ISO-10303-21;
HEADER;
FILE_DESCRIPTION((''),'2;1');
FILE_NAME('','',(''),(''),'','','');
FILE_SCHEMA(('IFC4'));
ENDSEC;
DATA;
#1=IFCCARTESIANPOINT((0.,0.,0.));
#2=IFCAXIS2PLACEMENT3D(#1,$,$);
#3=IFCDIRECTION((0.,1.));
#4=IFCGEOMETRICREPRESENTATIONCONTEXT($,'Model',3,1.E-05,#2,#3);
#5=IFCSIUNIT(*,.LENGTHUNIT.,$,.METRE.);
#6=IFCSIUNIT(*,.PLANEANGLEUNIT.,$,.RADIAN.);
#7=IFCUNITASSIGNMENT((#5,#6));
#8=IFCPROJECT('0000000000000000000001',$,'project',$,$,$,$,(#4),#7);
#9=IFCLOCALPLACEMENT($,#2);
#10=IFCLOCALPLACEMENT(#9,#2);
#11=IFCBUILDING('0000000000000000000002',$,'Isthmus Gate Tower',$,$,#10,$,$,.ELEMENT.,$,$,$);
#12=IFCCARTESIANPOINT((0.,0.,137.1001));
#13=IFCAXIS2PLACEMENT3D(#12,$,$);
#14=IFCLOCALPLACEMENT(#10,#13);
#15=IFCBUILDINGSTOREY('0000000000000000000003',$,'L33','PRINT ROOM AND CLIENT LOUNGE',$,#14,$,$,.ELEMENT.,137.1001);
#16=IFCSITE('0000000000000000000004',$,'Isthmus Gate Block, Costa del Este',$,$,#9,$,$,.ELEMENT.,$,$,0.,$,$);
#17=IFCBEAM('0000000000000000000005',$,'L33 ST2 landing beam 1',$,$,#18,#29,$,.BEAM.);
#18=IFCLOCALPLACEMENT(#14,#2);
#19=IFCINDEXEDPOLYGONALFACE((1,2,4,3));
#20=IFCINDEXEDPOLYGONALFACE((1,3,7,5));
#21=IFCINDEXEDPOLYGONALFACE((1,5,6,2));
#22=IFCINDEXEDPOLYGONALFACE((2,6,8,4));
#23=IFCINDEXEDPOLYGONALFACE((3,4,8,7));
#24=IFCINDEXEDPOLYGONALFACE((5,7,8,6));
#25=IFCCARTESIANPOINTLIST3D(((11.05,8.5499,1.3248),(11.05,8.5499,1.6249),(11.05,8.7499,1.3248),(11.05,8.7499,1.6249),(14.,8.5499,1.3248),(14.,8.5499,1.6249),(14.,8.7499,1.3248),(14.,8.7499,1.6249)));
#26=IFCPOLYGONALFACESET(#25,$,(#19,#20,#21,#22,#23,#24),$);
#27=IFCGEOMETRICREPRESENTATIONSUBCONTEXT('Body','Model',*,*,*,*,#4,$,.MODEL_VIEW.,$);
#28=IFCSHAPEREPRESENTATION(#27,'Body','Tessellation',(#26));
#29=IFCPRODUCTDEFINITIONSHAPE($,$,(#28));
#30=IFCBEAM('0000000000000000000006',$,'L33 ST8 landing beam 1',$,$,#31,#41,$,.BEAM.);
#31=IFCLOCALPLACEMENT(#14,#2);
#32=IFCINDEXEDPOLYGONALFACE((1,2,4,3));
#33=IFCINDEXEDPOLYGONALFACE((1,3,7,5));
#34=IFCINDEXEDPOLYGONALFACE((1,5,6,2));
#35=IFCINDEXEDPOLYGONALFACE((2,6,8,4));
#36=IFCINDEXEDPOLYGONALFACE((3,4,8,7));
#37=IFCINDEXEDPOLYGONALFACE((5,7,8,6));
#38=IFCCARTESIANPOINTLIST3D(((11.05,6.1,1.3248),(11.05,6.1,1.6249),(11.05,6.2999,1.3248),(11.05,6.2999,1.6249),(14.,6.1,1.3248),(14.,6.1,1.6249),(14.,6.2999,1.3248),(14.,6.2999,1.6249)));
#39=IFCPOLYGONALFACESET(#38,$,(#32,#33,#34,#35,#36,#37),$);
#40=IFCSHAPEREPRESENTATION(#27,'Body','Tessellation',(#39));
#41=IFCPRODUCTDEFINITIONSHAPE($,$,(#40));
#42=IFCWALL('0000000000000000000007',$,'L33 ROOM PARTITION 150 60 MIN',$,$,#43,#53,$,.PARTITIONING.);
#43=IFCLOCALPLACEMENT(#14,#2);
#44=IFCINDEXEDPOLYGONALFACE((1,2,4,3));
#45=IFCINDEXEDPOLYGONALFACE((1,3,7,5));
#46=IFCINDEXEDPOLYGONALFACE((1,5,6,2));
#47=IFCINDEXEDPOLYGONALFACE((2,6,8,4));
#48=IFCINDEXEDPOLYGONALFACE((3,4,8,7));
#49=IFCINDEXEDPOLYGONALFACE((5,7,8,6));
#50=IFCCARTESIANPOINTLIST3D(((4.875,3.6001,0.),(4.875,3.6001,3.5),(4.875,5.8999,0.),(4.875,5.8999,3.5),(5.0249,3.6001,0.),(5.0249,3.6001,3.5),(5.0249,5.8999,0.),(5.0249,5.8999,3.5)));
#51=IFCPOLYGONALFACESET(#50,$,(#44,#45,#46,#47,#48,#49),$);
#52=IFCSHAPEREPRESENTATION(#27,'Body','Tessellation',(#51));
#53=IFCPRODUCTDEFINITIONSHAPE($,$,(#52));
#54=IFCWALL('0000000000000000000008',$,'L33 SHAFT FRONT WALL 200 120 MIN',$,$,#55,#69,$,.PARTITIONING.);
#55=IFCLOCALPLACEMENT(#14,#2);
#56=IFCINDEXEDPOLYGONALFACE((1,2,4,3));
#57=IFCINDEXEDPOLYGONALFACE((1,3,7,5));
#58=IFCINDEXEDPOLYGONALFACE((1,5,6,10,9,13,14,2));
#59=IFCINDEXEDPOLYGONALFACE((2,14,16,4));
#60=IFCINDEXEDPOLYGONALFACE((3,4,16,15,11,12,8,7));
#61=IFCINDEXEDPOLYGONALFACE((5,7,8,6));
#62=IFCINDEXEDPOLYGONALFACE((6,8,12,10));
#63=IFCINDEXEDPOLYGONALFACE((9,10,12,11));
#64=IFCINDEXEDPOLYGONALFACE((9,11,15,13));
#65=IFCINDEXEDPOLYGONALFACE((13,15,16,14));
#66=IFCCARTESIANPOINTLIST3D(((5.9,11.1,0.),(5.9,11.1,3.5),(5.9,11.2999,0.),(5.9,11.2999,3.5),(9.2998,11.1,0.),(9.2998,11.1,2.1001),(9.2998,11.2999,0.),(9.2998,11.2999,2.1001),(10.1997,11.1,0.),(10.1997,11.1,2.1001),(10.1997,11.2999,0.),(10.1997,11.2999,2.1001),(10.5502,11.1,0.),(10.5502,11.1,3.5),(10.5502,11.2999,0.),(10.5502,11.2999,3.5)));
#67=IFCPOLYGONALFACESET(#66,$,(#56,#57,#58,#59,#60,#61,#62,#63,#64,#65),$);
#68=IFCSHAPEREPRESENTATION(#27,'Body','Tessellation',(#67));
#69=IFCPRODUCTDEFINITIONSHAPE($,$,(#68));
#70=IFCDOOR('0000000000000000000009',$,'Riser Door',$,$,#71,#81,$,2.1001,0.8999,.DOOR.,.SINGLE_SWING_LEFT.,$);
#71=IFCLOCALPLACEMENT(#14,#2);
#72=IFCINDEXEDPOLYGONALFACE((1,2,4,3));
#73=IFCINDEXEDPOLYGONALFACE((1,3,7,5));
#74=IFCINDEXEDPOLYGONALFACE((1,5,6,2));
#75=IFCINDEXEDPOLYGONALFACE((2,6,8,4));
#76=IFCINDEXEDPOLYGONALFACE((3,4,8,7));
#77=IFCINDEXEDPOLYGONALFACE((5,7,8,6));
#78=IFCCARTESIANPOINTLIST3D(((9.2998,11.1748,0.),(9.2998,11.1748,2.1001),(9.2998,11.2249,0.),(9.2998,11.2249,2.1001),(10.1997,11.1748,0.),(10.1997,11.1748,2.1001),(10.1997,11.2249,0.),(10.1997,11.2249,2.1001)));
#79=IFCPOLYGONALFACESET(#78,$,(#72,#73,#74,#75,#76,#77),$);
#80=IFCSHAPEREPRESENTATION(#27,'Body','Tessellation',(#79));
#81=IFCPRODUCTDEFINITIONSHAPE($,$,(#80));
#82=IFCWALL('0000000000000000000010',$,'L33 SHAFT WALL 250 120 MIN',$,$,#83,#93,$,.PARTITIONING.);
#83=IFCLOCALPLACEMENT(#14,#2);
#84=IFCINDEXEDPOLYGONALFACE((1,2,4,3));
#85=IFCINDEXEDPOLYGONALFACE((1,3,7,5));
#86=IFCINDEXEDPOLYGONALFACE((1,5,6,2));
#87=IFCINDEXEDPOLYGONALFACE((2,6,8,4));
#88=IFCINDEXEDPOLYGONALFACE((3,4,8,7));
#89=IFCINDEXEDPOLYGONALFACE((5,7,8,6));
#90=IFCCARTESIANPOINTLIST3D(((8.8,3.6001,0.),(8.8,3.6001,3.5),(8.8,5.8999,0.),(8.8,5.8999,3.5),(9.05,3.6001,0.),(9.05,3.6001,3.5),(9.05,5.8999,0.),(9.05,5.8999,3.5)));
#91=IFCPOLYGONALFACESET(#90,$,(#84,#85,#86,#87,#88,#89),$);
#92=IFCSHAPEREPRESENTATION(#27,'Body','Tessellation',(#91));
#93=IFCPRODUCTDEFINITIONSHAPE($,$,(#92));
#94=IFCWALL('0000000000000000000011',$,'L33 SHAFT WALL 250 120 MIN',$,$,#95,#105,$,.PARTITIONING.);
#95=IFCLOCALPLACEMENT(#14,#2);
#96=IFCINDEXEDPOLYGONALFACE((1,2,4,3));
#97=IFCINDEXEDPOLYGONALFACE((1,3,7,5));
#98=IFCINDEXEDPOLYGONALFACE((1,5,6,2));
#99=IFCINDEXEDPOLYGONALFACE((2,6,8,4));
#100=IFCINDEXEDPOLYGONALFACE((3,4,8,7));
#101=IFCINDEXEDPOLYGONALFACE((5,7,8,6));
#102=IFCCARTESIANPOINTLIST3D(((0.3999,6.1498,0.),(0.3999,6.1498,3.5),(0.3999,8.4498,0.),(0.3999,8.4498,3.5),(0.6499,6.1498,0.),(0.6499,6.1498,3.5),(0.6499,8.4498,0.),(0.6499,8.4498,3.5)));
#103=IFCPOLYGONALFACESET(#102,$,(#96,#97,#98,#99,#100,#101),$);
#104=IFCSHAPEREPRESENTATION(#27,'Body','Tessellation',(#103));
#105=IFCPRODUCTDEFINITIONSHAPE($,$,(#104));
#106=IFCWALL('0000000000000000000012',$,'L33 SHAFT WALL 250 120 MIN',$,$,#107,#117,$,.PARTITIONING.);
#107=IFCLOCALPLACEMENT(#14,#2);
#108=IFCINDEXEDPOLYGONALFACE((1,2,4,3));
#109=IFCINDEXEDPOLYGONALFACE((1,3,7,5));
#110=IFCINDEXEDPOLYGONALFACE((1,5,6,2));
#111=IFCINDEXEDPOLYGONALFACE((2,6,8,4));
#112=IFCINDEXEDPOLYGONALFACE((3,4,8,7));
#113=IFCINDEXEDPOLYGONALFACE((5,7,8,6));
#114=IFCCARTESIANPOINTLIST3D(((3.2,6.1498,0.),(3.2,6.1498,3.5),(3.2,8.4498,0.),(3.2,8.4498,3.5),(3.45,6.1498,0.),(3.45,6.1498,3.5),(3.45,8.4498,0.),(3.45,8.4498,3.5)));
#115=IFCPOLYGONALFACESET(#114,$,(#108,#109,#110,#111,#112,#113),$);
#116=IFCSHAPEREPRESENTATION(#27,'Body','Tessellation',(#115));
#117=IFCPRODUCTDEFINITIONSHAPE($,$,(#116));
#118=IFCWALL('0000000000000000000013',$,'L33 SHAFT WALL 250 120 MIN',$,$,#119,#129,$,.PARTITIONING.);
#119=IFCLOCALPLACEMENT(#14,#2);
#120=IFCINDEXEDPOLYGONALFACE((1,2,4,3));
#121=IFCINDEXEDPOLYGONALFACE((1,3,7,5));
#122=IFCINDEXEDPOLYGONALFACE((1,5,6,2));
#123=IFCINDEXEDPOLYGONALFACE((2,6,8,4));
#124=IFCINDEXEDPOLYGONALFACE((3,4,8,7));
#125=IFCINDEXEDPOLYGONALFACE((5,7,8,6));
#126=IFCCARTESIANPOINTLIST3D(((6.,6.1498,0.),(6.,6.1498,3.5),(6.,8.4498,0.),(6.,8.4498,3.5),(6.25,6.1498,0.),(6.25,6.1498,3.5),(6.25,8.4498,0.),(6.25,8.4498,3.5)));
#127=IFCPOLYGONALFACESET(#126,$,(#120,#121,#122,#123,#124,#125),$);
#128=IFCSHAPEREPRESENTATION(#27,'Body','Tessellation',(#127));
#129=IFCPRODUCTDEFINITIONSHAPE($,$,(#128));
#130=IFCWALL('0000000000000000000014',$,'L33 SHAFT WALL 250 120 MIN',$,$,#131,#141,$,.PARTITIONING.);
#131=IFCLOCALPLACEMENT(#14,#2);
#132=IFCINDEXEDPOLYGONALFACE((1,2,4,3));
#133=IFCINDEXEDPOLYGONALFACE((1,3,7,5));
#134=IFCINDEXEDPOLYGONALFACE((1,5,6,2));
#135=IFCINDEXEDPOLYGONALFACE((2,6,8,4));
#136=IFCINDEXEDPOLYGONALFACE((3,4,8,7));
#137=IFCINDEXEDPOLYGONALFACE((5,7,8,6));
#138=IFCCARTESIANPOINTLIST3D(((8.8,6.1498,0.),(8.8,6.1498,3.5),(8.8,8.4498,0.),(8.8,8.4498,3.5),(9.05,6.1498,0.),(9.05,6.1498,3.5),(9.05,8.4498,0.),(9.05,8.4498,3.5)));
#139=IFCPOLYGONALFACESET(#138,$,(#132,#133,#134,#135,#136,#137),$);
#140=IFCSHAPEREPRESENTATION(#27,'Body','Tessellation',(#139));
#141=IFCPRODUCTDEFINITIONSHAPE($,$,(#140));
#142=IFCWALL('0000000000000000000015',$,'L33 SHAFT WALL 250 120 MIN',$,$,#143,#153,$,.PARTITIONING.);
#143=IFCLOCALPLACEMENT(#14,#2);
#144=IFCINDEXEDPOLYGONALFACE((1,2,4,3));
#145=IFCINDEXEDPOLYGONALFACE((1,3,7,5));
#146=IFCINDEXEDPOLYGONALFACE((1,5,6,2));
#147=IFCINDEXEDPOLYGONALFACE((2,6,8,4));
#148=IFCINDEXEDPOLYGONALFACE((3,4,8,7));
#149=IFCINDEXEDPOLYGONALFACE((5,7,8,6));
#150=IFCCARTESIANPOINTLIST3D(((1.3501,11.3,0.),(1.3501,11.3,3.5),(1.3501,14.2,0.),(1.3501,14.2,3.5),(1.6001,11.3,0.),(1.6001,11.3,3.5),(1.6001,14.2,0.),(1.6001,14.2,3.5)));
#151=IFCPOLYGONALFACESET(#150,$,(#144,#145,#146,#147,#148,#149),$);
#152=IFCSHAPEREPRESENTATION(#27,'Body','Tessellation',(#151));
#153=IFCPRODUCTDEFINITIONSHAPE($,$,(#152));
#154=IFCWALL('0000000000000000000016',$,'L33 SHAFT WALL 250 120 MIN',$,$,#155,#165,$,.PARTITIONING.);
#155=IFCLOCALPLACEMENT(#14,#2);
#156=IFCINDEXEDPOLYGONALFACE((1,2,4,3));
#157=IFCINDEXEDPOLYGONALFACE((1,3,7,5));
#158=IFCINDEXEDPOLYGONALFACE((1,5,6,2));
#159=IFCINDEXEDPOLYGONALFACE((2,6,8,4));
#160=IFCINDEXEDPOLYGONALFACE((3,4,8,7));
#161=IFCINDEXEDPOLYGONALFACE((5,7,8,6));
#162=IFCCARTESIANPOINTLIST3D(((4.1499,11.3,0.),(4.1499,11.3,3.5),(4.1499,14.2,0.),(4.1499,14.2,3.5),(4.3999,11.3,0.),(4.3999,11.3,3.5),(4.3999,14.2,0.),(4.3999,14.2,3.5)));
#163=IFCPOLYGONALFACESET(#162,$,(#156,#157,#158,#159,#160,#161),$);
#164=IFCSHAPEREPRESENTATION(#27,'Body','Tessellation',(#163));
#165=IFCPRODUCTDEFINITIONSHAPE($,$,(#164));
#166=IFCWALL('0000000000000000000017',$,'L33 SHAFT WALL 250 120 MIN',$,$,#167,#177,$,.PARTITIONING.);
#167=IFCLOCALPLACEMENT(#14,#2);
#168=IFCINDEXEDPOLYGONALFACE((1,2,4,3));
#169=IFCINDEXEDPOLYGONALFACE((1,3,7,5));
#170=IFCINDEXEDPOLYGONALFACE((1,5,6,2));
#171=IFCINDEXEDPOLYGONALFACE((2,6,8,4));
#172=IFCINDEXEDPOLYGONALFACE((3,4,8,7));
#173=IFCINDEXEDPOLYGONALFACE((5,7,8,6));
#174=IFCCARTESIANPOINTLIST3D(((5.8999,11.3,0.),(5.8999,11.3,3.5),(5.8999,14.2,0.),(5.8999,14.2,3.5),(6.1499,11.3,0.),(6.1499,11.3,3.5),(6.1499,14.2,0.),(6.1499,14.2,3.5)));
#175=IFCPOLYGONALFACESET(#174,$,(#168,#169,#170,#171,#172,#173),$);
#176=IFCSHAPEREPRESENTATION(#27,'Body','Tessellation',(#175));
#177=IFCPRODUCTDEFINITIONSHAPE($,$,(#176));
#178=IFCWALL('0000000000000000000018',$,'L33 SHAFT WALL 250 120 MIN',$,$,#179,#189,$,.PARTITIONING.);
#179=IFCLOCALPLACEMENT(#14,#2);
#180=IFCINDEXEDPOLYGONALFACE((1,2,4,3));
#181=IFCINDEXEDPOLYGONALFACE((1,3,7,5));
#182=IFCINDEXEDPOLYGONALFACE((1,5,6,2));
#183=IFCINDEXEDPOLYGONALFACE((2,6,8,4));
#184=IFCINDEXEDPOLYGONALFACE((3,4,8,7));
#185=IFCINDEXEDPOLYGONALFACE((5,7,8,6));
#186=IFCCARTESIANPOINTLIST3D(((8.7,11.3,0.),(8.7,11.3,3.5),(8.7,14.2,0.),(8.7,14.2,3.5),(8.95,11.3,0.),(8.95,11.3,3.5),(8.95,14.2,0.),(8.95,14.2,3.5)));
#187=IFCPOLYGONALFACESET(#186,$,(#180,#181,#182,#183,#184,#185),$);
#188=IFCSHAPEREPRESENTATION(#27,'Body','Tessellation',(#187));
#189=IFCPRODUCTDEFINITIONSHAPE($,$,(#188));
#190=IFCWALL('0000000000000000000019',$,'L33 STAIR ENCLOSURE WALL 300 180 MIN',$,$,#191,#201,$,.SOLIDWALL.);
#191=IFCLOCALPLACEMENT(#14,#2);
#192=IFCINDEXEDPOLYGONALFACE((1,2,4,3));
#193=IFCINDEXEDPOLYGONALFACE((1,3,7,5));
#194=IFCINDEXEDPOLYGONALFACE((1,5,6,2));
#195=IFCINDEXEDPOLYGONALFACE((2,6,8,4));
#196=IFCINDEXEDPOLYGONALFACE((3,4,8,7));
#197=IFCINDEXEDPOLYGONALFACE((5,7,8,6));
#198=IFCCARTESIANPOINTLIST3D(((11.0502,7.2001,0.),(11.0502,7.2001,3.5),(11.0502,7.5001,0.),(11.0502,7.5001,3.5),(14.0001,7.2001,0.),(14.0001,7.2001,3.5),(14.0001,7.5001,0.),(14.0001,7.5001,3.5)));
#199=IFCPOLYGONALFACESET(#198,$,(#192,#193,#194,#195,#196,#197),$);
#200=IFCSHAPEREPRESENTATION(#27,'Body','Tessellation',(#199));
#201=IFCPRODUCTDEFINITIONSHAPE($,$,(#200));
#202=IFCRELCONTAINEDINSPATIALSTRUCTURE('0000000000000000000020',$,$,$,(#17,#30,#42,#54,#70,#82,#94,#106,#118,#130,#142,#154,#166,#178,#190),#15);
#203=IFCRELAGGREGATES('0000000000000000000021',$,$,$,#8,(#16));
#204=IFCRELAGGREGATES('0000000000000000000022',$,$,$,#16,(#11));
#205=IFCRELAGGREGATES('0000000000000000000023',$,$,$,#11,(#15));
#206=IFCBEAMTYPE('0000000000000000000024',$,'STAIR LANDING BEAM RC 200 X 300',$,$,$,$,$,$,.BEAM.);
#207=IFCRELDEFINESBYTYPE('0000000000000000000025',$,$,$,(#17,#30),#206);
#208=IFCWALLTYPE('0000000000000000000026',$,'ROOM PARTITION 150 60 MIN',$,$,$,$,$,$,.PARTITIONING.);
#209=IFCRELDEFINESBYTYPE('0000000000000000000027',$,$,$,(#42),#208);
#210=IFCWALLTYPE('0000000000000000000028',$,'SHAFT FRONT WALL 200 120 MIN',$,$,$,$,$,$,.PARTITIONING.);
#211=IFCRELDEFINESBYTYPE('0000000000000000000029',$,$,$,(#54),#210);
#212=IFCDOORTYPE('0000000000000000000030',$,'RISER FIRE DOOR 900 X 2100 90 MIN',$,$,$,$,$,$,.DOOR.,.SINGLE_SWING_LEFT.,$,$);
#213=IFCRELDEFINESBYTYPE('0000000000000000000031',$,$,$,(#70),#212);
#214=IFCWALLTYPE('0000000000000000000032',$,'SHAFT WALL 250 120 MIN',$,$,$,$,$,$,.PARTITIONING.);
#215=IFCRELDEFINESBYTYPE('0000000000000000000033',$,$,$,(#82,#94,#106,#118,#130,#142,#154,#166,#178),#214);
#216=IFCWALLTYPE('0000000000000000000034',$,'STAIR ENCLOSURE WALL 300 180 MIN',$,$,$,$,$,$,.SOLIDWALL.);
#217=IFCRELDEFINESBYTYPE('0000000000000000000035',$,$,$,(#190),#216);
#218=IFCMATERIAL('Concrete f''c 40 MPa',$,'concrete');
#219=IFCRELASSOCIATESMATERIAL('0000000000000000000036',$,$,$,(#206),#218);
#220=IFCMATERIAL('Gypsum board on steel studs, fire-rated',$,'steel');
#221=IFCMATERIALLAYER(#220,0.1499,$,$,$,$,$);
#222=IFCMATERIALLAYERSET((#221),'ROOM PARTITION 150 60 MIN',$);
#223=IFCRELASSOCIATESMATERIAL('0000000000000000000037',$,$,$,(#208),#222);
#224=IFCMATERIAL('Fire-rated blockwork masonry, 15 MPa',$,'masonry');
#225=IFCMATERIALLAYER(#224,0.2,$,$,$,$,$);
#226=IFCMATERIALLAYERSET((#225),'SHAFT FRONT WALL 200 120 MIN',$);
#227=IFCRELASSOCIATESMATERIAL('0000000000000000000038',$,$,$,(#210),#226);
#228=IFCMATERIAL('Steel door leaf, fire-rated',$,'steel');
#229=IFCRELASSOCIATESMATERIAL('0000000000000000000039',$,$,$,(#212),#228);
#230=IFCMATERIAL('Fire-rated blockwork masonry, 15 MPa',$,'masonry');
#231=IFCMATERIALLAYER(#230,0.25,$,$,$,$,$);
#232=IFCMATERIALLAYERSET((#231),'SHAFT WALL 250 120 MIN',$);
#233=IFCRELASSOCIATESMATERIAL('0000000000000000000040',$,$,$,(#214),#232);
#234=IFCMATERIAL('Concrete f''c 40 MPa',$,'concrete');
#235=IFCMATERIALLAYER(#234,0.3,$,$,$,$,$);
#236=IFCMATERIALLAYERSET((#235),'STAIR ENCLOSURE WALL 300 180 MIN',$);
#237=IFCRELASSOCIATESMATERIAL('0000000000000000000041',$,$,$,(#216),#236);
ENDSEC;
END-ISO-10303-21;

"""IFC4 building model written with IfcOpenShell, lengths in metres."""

from ifc_helpers import new_model, si_unit, direction, frame, frame_2d, origin, origin_2d, place, context, subcontext, project, spatial, rectangle, extrude, material, layer, layer_set, material_profile, profile_set, type_object, element, fill, save


model = new_model("IFC4")

# Units and contexts
model_context = context("Model", 3, precision=1e-05, world=origin(), true_north=direction((0.0, 1.0)))
body_context = subcontext(model_context, "Body", "Model", "MODEL_VIEW")
ifc_project = project(units=[si_unit("LENGTHUNIT", "METRE"), si_unit("PLANEANGLEUNIT", "RADIAN")], contexts=[model_context])

# Site, building, storey
site_placement = place(None, origin())
site = spatial("IfcSite", under=ifc_project, at=site_placement, Name="Isthmus Gate Block, Costa del Este", CompositionType="ELEMENT", RefElevation=0.0)
building_placement = place(site_placement, origin())
building = spatial("IfcBuilding", under=site, at=building_placement, Name="Isthmus Gate Tower", CompositionType="ELEMENT")
storey_placement = place(building_placement, frame((0.0, 0.0, 137.1001)))
storey = spatial("IfcBuildingStorey", under=building, at=storey_placement, Name="L33", Description="PRINT ROOM AND CLIENT LOUNGE", CompositionType="ELEMENT", Elevation=137.1001)

# Beams
ifc_material_1 = material(Name="Concrete f'c 40 MPa", Category="concrete")
ifc_material_profile = material_profile(ifc_material_1, rectangle(XDim=0.2, YDim=0.3, at=origin_2d()), Name="STAIR LANDING BEAM RC 200 X 300")
ifc_profile_set = profile_set([ifc_material_profile], Name="Concrete f'c 40 MPa")
beam_type = type_object("IfcBeamType", Name="STAIR LANDING BEAM RC 200 X 300", PredefinedType="BEAM", material=ifc_profile_set)
for number, where, z_axis, x_axis, name in (
    (1, (11.05, 8.6499, 1.4749), (1.0, 0.0, 0.0), (0.0, 1.0, 0.0), "L33 ST2 landing beam 1"),
    (2, (11.05, 6.2, 1.4749), (1.0, 0.0, 0.0), (0.0, 1.0, 0.0), "L33 ST8 landing beam 1"),
):
    element("IfcBeam", number, at=place(storey_placement, frame(where, z_axis=z_axis, x_axis=x_axis)), inside=storey, type_object=beam_type, Name=name, PredefinedType="BEAM", context=body_context, shape_type="SweptSolid", body=[
        extrude(rectangle(XDim=0.2, YDim=0.3, at=origin_2d()), origin(), (0.0, 0.0, 1.0), 2.95),
    ])

# Wall
ifc_material_2 = material(Name="Gypsum board on steel studs, fire-rated", Category="steel")
ifc_layer_1 = layer(ifc_material_2, 0.1499)
ifc_layer_set_1 = layer_set([ifc_layer_1], Name="ROOM PARTITION 150 60 MIN")
wall_type_1 = type_object("IfcWallType", Name="ROOM PARTITION 150 60 MIN", PredefinedType="PARTITIONING", material=ifc_layer_set_1)
wall_1_placement = place(storey_placement, frame((4.95, 3.6001, 0.0), z_axis=(0.0, 0.0, 1.0), x_axis=(0.0, 1.0, 0.0)))
element("IfcWall", 3, at=wall_1_placement, inside=storey, type_object=wall_type_1, Name="L33 ROOM PARTITION 150 60 MIN", PredefinedType="PARTITIONING", context=body_context, shape_type="SweptSolid", body=[
    extrude(rectangle(XDim=2.2998, YDim=0.1499, at=frame_2d((1.1499, 0.0))), origin(), (0.0, 0.0, 1.0), 3.5),
])

# Wall, opening, door
ifc_material_3 = material(Name="Fire-rated blockwork masonry, 15 MPa", Category="masonry")
ifc_layer_2 = layer(ifc_material_3, 0.2)
ifc_layer_set_2 = layer_set([ifc_layer_2], Name="SHAFT FRONT WALL 200 120 MIN")
wall_type_2 = type_object("IfcWallType", Name="SHAFT FRONT WALL 200 120 MIN", PredefinedType="PARTITIONING", material=ifc_layer_set_2)
wall_2_placement = place(storey_placement, frame((5.8999, 11.2, 0.0), z_axis=(0.0, 0.0, 1.0), x_axis=(1.0, 0.0, 0.0)))
wall_2 = element("IfcWall", 4, at=wall_2_placement, inside=storey, type_object=wall_type_2, Name="L33 SHAFT FRONT WALL 200 120 MIN", PredefinedType="PARTITIONING", context=body_context, shape_type="SweptSolid", body=[
    extrude(rectangle(XDim=4.6501, YDim=0.2, at=frame_2d((2.3252, 0.0))), origin(), (0.0, 0.0, 1.0), 3.5),
])
opening_placement = place(wall_2_placement, frame((3.3999, 0.0, 0.0)))
opening = element("IfcOpeningElement", 5, at=opening_placement, cuts=wall_2, PredefinedType="OPENING", context=body_context, shape_type="SweptSolid", body=[
    extrude(rectangle(XDim=0.8999, YDim=2.1001, at=frame_2d((0.45, 1.05))), frame((0.0, 0.1099, 0.0), z_axis=(0.0, -1.0, 0.0), x_axis=(1.0, 0.0, 0.0)), (0.0, 0.0, 1.0), 0.22),
])
ifc_material_4 = material(Name="Steel door leaf, fire-rated", Category="steel")
door_type = type_object("IfcDoorType", Name="RISER FIRE DOOR 900 X 2100 90 MIN", OperationType="SINGLE_SWING_LEFT", PredefinedType="DOOR", material=ifc_material_4)
door_placement = place(opening_placement, origin())
door = element("IfcDoor", 6, at=door_placement, inside=storey, type_object=door_type, Name="Riser Door", OperationType="SINGLE_SWING_LEFT", OverallHeight=2.1001, OverallWidth=0.8999, PredefinedType="DOOR", context=body_context, shape_type="SweptSolid", body=[
    extrude(rectangle(XDim=0.8999, YDim=2.1001, at=frame_2d((0.45, 1.05))), frame((0.0, 0.0249, 0.0), z_axis=(0.0, -1.0, 0.0), x_axis=(1.0, 0.0, 0.0)), (0.0, 0.0, 1.0), 0.05),
])
fill(opening, door)

# Walls
ifc_material_5 = material(Name="Fire-rated blockwork masonry, 15 MPa", Category="masonry")
ifc_layer_3 = layer(ifc_material_5, 0.25)
ifc_layer_set_3 = layer_set([ifc_layer_3], Name="SHAFT WALL 250 120 MIN")
wall_type_3 = type_object("IfcWallType", Name="SHAFT WALL 250 120 MIN", PredefinedType="PARTITIONING", material=ifc_layer_set_3)
wall_3_placement = place(storey_placement, frame((8.925, 3.6001, 0.0), z_axis=(0.0, 0.0, 1.0), x_axis=(0.0, 1.0, 0.0)))
element("IfcWall", 7, at=wall_3_placement, inside=storey, type_object=wall_type_3, Name="L33 SHAFT WALL 250 120 MIN", PredefinedType="PARTITIONING", context=body_context, shape_type="SweptSolid", body=[
    extrude(rectangle(XDim=2.2998, YDim=0.25, at=frame_2d((1.1499, 0.0))), origin(), (0.0, 0.0, 1.0), 3.5),
])
for number, where, z_axis, x_axis, name in (
    (8, (0.5249, 6.1499, 0.0), (0.0, 0.0, 1.0), (0.0, 1.0, 0.0), "L33 SHAFT WALL 250 120 MIN"),
    (9, (3.325, 6.1499, 0.0), (0.0, 0.0, 1.0), (0.0, 1.0, 0.0), "L33 SHAFT WALL 250 120 MIN"),
    (10, (6.125, 6.1499, 0.0), (0.0, 0.0, 1.0), (0.0, 1.0, 0.0), "L33 SHAFT WALL 250 120 MIN"),
    (11, (8.925, 6.1499, 0.0), (0.0, 0.0, 1.0), (0.0, 1.0, 0.0), "L33 SHAFT WALL 250 120 MIN"),
):
    element("IfcWall", number, at=place(storey_placement, frame(where, z_axis=z_axis, x_axis=x_axis)), inside=storey, type_object=wall_type_3, Name=name, PredefinedType="PARTITIONING", context=body_context, shape_type="SweptSolid", body=[
        extrude(rectangle(XDim=2.3, YDim=0.25, at=frame_2d((1.1499, 0.0))), origin(), (0.0, 0.0, 1.0), 3.5),
    ])
for number, where, z_axis, x_axis, name in (
    (12, (1.4751, 11.3, 0.0), (0.0, 0.0, 1.0), (0.0, 1.0, 0.0), "L33 SHAFT WALL 250 120 MIN"),
    (13, (4.2749, 11.3, 0.0), (0.0, 0.0, 1.0), (0.0, 1.0, 0.0), "L33 SHAFT WALL 250 120 MIN"),
    (14, (6.0249, 11.3, 0.0), (0.0, 0.0, 1.0), (0.0, 1.0, 0.0), "L33 SHAFT WALL 250 120 MIN"),
    (15, (8.825, 11.3, 0.0), (0.0, 0.0, 1.0), (0.0, 1.0, 0.0), "L33 SHAFT WALL 250 120 MIN"),
):
    element("IfcWall", number, at=place(storey_placement, frame(where, z_axis=z_axis, x_axis=x_axis)), inside=storey, type_object=wall_type_3, Name=name, PredefinedType="PARTITIONING", context=body_context, shape_type="SweptSolid", body=[
        extrude(rectangle(XDim=2.8999, YDim=0.25, at=frame_2d((1.45, 0.0))), origin(), (0.0, 0.0, 1.0), 3.5),
    ])
ifc_material_6 = material(Name="Concrete f'c 40 MPa", Category="concrete")
ifc_layer_4 = layer(ifc_material_6, 0.3)
ifc_layer_set_4 = layer_set([ifc_layer_4], Name="STAIR ENCLOSURE WALL 300 180 MIN")
wall_type_4 = type_object("IfcWallType", Name="STAIR ENCLOSURE WALL 300 180 MIN", PredefinedType="SOLIDWALL", material=ifc_layer_set_4)
wall_4_placement = place(storey_placement, frame((11.05, 7.3501, 0.0), z_axis=(0.0, 0.0, 1.0), x_axis=(1.0, 0.0, 0.0)))
element("IfcWall", 16, at=wall_4_placement, inside=storey, type_object=wall_type_4, Name="L33 STAIR ENCLOSURE WALL 300 180 MIN", PredefinedType="SOLIDWALL", context=body_context, shape_type="SweptSolid", body=[
    extrude(rectangle(XDim=2.95, YDim=0.3, at=frame_2d((1.4751, 0.0))), origin(), (0.0, 0.0, 1.0), 3.5),
])

save(model, "model.ifc")
